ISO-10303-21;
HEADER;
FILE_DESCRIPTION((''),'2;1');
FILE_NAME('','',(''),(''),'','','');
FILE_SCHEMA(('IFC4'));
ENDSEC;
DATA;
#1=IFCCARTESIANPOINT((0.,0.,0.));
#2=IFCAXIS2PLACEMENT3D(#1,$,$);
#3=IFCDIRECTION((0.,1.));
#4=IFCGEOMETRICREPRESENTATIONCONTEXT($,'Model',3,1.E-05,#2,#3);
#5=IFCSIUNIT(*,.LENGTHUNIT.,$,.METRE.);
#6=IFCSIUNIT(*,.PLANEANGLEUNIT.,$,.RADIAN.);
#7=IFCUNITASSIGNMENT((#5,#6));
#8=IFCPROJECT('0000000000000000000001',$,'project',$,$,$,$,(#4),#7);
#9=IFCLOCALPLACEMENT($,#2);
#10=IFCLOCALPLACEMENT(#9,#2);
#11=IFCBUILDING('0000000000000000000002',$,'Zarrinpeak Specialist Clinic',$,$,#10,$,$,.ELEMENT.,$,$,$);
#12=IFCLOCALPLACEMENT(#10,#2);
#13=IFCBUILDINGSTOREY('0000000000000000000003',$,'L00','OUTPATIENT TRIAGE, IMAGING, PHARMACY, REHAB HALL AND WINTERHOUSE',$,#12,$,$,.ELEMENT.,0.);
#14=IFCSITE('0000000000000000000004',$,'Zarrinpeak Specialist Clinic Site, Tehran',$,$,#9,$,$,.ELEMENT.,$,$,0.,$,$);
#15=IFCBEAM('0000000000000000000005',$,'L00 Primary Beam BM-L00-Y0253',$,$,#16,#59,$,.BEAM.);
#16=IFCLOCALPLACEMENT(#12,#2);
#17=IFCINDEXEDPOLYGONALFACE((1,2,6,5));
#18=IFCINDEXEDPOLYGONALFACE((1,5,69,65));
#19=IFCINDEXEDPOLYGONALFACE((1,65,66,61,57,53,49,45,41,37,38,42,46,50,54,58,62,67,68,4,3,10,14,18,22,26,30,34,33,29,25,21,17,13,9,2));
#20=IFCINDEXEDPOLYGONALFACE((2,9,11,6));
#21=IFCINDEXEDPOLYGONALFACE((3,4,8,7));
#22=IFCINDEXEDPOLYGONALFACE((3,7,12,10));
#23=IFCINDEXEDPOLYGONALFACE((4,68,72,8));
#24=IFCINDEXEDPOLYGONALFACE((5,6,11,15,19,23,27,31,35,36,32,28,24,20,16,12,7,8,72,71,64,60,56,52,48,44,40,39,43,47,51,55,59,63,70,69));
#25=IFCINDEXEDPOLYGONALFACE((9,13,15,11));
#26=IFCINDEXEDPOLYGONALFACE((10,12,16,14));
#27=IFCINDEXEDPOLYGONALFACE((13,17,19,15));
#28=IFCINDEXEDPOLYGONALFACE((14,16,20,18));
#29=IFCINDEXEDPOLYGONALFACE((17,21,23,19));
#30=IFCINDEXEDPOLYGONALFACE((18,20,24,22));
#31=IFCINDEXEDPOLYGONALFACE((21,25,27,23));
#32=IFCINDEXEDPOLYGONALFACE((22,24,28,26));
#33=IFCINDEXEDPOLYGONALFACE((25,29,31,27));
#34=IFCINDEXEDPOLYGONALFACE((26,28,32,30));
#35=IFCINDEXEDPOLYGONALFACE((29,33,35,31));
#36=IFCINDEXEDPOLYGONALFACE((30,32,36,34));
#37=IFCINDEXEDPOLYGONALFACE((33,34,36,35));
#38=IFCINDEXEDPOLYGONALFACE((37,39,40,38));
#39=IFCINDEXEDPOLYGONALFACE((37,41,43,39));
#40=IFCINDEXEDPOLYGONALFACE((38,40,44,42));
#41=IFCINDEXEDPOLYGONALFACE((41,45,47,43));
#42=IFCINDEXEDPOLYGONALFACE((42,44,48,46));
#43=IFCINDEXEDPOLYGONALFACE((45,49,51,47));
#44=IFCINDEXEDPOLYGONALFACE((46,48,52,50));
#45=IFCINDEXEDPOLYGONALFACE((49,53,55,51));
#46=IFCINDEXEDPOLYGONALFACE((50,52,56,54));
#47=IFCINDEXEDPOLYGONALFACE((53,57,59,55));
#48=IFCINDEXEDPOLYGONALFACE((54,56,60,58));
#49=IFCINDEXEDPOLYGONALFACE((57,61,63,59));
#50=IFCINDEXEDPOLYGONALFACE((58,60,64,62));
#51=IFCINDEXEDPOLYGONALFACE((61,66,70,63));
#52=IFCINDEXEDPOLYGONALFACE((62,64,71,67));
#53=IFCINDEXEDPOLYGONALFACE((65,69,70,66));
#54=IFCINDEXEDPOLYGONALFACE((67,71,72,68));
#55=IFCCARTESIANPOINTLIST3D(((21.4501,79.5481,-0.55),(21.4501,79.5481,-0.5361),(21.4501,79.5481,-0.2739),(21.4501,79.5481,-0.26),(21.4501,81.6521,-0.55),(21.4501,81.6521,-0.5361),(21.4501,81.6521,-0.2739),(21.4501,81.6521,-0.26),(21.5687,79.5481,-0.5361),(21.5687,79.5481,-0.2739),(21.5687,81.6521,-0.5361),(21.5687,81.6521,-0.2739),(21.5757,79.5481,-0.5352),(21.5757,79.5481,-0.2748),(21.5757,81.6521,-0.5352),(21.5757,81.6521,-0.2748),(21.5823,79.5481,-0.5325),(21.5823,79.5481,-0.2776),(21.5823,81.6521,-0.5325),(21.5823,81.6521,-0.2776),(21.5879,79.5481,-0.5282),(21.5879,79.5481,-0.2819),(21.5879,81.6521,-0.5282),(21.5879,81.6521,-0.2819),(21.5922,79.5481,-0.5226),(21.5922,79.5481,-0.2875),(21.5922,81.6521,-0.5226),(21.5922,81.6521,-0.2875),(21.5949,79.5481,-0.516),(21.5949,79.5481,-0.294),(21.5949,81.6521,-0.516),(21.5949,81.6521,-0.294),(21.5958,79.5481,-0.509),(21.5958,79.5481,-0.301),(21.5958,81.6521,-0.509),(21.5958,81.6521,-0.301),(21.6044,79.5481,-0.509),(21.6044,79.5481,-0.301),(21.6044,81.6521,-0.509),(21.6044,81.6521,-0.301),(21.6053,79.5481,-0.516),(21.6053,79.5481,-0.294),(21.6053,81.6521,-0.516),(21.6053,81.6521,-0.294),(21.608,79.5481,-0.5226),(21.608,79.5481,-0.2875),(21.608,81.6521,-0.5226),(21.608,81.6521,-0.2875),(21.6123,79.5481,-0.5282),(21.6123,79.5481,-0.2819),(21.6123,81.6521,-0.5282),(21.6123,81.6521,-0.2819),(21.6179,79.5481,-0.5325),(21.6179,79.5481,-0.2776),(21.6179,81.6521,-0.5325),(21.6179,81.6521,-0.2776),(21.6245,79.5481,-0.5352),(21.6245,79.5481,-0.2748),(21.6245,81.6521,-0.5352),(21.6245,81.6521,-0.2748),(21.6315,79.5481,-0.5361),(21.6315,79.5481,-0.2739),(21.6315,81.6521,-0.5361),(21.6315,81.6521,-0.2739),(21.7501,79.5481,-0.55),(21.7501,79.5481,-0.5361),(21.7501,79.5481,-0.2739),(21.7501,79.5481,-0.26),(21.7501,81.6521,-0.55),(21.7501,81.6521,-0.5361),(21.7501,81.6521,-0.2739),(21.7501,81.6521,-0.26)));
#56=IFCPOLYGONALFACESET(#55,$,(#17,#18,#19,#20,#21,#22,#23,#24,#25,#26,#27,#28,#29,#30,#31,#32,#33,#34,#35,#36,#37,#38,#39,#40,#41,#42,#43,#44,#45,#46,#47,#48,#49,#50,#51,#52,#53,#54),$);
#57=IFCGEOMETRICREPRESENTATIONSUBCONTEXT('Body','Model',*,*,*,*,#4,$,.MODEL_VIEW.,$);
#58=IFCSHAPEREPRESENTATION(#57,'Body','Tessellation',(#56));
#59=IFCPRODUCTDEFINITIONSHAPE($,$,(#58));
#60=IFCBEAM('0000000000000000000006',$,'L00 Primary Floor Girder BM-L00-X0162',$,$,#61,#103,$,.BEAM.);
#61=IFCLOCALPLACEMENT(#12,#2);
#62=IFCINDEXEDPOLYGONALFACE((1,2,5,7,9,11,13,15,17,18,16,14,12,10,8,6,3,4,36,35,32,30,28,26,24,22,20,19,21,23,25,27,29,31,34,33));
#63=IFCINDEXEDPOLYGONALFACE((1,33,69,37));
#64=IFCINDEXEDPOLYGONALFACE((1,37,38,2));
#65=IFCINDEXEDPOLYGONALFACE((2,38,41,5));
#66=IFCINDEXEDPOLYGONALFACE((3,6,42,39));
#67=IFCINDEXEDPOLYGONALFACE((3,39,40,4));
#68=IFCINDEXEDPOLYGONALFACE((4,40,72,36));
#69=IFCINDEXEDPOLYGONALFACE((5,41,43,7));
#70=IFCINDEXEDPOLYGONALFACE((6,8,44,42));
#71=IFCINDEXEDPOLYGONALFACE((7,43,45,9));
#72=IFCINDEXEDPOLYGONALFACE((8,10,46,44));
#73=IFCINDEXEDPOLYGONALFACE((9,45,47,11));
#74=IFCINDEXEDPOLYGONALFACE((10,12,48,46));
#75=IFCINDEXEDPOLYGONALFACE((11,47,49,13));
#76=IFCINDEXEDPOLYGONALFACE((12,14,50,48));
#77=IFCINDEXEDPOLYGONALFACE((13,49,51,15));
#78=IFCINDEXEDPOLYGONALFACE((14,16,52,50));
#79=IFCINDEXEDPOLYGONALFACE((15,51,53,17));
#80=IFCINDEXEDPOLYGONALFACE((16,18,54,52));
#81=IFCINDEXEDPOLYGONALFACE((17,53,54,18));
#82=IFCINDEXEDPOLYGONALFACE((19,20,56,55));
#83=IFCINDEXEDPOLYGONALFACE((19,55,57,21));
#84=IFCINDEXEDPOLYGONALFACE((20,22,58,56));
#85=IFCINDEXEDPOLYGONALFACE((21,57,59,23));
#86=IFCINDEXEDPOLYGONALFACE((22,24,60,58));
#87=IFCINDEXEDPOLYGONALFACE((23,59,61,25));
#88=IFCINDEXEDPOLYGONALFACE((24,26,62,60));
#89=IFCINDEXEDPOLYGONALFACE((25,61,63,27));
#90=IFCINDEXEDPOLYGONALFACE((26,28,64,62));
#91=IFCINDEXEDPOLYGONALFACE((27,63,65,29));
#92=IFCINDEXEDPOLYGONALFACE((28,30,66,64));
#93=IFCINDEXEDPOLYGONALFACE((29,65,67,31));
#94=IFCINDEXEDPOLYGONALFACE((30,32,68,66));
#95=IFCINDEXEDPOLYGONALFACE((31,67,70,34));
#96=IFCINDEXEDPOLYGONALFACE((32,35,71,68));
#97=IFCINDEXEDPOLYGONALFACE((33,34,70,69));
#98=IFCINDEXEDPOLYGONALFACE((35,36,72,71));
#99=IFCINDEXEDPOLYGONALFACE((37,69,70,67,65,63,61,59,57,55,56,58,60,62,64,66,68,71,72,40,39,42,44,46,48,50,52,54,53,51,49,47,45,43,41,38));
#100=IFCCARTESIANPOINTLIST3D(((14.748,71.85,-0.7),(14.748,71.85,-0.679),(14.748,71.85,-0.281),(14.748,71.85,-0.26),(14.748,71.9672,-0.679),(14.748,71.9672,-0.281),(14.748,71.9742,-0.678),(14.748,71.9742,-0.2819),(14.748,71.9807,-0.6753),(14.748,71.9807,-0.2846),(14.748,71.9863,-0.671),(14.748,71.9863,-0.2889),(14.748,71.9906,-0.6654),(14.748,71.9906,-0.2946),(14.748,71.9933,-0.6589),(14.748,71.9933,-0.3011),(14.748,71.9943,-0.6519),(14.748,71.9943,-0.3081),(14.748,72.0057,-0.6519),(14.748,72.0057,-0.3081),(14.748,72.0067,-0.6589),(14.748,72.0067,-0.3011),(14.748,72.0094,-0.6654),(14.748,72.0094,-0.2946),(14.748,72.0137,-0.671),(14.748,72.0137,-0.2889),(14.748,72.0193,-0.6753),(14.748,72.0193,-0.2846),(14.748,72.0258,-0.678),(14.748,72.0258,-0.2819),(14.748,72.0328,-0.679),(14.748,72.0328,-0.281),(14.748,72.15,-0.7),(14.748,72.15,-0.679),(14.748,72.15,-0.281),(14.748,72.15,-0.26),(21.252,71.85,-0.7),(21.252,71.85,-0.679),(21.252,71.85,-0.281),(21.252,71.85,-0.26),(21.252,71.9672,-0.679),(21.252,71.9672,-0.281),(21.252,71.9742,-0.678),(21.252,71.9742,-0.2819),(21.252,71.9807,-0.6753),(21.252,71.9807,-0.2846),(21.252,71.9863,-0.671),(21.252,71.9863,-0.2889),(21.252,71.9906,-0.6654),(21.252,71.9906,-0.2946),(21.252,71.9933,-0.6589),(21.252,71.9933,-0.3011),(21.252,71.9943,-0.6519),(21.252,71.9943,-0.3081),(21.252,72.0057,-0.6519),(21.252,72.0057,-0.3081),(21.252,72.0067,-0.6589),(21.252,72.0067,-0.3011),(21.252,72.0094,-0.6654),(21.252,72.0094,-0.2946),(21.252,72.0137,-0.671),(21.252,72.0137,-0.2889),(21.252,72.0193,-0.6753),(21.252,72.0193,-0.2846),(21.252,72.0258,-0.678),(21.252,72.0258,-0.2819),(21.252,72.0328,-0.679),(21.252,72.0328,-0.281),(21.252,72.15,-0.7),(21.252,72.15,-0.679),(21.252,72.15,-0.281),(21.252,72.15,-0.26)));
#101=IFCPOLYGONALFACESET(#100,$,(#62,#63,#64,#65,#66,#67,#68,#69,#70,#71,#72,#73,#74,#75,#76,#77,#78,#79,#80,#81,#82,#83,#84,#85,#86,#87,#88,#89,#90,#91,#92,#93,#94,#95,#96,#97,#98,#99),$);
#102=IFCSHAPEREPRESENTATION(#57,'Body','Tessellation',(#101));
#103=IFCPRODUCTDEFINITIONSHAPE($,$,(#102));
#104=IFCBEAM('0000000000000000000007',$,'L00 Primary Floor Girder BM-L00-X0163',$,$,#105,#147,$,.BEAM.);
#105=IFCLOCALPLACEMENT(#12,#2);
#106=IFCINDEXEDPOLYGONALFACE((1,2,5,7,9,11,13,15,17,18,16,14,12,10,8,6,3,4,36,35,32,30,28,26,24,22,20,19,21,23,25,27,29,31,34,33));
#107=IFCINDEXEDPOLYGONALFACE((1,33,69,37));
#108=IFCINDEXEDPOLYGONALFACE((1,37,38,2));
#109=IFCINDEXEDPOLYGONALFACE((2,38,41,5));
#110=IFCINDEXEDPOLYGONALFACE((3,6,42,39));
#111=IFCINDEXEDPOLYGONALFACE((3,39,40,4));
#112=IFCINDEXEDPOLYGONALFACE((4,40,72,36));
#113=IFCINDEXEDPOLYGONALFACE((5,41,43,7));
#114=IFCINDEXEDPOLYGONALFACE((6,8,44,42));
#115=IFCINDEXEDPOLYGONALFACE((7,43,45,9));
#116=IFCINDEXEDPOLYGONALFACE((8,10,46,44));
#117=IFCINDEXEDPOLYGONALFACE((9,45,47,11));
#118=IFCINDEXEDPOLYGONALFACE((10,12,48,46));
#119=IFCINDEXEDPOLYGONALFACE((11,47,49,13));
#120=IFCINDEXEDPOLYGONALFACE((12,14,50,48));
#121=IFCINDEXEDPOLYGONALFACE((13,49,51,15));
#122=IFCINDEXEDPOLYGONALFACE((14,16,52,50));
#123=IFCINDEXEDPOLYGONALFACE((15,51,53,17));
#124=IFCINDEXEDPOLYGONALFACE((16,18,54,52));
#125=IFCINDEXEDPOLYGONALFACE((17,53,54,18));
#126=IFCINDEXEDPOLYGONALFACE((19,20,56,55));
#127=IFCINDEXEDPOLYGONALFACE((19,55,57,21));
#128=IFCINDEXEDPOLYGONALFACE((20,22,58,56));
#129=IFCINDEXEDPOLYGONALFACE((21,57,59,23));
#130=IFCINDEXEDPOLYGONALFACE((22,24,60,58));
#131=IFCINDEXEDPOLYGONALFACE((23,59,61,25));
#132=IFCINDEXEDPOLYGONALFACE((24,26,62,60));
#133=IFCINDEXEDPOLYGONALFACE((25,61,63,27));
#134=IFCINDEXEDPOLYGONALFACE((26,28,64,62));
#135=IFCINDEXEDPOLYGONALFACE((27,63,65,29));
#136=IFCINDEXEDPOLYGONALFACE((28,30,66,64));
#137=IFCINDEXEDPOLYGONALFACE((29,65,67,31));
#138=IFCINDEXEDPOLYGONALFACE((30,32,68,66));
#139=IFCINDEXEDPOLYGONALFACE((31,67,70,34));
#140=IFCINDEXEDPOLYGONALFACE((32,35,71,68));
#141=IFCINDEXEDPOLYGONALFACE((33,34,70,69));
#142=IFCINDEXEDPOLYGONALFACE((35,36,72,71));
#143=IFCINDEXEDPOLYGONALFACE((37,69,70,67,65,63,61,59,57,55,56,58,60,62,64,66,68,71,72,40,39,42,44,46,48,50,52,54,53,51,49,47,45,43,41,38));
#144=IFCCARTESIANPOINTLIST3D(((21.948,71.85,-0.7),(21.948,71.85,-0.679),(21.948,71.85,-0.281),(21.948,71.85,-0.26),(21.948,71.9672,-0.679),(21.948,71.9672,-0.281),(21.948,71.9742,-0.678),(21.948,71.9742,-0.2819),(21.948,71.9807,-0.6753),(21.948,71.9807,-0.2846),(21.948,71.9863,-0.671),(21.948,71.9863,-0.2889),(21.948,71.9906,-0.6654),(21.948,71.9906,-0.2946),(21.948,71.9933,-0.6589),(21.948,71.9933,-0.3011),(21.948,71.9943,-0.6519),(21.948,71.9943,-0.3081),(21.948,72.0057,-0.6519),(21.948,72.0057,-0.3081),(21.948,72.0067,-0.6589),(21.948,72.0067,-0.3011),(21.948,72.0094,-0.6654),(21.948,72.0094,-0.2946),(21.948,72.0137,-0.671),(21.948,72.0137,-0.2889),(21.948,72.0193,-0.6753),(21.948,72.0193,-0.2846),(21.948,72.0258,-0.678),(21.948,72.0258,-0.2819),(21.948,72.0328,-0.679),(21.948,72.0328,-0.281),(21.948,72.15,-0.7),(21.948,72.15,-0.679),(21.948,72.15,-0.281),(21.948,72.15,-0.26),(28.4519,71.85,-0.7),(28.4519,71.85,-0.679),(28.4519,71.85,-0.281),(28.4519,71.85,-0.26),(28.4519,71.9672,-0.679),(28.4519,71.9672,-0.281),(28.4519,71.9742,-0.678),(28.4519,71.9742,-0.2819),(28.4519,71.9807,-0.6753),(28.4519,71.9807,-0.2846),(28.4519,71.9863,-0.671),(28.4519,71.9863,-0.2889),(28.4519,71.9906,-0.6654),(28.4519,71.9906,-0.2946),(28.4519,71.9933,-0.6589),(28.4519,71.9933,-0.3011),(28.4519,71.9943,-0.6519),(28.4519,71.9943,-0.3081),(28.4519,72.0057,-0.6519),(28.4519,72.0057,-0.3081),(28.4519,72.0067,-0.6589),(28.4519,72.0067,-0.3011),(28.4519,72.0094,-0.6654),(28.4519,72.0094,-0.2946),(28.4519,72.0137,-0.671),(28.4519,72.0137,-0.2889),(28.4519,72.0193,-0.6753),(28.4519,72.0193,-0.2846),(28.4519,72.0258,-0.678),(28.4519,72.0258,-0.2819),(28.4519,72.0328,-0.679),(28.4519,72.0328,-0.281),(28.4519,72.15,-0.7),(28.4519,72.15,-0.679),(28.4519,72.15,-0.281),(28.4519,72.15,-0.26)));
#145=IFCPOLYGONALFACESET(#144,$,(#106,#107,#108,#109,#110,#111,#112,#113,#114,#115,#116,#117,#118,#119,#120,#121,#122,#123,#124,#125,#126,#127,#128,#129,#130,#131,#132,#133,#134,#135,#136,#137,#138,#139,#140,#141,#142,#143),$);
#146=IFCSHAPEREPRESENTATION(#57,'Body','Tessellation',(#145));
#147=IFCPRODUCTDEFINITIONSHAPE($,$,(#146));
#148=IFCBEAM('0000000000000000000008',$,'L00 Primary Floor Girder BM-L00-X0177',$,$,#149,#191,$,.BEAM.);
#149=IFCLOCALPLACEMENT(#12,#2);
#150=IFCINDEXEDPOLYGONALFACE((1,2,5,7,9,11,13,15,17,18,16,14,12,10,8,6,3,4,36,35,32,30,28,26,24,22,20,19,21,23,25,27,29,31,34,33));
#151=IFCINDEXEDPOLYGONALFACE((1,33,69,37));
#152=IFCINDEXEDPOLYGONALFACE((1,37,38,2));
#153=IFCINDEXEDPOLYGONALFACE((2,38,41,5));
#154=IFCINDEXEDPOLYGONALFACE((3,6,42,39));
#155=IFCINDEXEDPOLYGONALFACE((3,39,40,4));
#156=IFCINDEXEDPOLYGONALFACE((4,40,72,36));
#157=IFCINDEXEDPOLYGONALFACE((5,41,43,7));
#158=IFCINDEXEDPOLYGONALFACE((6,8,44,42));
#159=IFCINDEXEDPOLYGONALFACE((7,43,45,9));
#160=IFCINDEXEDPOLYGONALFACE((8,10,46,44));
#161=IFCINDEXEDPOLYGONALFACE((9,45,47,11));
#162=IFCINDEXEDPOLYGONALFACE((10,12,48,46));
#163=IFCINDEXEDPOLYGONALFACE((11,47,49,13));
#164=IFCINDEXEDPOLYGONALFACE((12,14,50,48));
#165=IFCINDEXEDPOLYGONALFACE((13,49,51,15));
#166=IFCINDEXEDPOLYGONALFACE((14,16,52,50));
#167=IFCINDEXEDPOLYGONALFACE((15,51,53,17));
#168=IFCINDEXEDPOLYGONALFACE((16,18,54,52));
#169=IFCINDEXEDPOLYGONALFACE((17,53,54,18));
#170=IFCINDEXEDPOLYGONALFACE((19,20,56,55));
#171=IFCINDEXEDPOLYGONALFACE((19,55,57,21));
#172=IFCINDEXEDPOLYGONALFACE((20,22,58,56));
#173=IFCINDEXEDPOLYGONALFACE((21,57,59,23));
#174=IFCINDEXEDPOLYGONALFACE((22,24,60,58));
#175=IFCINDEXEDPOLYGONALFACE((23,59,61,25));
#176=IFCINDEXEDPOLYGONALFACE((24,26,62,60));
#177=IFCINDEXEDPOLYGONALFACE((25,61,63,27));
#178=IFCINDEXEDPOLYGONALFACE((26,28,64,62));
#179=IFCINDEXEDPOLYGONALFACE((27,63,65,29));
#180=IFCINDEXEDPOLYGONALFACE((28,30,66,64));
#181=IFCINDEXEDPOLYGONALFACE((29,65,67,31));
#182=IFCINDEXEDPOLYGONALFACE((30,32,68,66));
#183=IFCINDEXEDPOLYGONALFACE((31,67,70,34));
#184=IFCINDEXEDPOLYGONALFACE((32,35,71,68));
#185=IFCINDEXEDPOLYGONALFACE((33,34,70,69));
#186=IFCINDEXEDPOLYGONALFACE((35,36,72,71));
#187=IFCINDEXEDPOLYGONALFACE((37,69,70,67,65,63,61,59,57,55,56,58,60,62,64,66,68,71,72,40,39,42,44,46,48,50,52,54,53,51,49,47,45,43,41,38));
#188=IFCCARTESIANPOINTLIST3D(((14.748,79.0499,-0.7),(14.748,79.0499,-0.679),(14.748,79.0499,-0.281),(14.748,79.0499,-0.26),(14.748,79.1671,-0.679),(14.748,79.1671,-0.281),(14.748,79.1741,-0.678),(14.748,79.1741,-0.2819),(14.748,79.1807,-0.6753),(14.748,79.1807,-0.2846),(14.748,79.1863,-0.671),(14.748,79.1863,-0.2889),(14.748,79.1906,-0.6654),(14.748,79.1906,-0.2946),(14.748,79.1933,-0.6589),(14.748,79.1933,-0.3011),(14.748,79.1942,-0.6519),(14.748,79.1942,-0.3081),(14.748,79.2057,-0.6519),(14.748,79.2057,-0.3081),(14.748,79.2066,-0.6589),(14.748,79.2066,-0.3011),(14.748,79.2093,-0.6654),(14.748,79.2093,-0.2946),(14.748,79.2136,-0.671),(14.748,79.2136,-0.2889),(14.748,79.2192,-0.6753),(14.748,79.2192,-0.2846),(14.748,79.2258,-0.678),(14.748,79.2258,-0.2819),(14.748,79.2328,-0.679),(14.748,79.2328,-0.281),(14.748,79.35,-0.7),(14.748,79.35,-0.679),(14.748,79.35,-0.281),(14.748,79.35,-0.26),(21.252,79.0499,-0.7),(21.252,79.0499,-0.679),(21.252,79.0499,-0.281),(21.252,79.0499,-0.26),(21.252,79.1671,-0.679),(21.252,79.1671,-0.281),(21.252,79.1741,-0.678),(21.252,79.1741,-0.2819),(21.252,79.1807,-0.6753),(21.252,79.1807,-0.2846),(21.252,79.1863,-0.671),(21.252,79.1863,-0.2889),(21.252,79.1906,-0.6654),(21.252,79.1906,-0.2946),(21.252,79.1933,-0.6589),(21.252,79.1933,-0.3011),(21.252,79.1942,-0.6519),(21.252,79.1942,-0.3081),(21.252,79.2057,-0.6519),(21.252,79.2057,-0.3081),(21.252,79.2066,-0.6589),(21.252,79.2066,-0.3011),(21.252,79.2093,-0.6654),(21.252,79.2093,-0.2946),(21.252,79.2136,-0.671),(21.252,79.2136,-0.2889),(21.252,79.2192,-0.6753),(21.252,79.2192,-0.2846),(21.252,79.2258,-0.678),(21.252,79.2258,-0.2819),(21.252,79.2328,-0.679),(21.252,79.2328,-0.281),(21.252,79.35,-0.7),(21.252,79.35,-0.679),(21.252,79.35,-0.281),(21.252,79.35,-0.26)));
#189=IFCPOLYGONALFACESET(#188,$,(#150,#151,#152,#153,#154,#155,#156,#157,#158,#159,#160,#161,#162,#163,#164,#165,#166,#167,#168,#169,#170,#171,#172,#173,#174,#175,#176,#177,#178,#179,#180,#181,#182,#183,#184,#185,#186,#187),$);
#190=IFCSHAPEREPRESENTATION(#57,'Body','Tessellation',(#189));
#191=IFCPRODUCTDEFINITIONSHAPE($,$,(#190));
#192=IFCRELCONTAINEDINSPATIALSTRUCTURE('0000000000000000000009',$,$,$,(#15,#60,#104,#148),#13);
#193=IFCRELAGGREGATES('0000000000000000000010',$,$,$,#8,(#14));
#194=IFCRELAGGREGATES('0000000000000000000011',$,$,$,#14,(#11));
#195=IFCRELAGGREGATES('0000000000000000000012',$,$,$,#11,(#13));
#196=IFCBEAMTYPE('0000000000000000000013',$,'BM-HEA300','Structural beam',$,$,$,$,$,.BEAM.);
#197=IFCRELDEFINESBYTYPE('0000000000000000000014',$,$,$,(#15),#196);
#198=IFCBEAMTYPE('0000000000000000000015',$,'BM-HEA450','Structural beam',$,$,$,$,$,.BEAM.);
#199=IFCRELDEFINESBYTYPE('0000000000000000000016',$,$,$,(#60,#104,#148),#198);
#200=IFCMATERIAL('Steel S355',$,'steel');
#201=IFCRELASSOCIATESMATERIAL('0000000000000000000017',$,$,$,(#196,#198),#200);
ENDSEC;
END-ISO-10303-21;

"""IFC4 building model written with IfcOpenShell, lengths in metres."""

from ifc_helpers import new_model, si_unit, direction, frame, origin, origin_2d, place, context, subcontext, project, spatial, i_section, extrude, material, material_profile, profile_set, type_object, element, save


model = new_model("IFC4")

# Units and contexts
model_context = context("Model", 3, precision=1e-05, world=origin(), true_north=direction((0.0, 1.0)))
body_context = subcontext(model_context, "Body", "Model", "MODEL_VIEW")
ifc_project = project(units=[si_unit("LENGTHUNIT", "METRE"), si_unit("PLANEANGLEUNIT", "RADIAN")], contexts=[model_context])

# Site, building, storey
site_placement = place(None, origin())
site = spatial("IfcSite", under=ifc_project, at=site_placement, Name="Zarrinpeak Specialist Clinic Site, Tehran", CompositionType="ELEMENT", RefElevation=0.0)
building_placement = place(site_placement, origin())
building = spatial("IfcBuilding", under=site, at=building_placement, Name="Zarrinpeak Specialist Clinic", CompositionType="ELEMENT")
storey_placement = place(building_placement, origin())
storey = spatial("IfcBuildingStorey", under=building, at=storey_placement, Name="L00", Description="OUTPATIENT TRIAGE, IMAGING, PHARMACY, REHAB HALL AND WINTERHOUSE", CompositionType="ELEMENT", Elevation=0.0)

# Shared definitions
ifc_material_1 = material(Name="Steel S355", Category="steel")

# Beams
ifc_material_profile_1 = material_profile(ifc_material_1, i_section(OverallWidth=0.3, OverallDepth=0.29, WebThickness=0.0085, FlangeThickness=0.0139, FilletRadius=0.0271, at=origin_2d()), Name="HEA 300")
ifc_profile_set_1 = profile_set([ifc_material_profile_1], Name="Steel S355")
beam_type_1 = type_object("IfcBeamType", Name="BM-HEA300", Description="Structural beam", PredefinedType="BEAM", material=ifc_profile_set_1)
beam_1_placement = place(storey_placement, frame((21.6001, 79.5481, -0.405), z_axis=(0.0, 1.0, 0.0), x_axis=(-1.0, 0.0, 0.0)))
element("IfcBeam", 1, at=beam_1_placement, inside=storey, type_object=beam_type_1, Name="L00 Primary Beam BM-L00-Y0253", PredefinedType="BEAM", context=body_context, shape_type="SweptSolid", body=[
    extrude(i_section(OverallWidth=0.3, OverallDepth=0.29, WebThickness=0.0085, FlangeThickness=0.0139, FilletRadius=0.0271, at=origin_2d()), origin(), (0.0, 0.0, 1.0), 2.104),
])
ifc_material_profile_2 = material_profile(ifc_material_1, i_section(OverallWidth=0.3, OverallDepth=0.4399, WebThickness=0.0115, FlangeThickness=0.021, FilletRadius=0.0271, at=origin_2d()), Name="HEA 450")
ifc_profile_set_2 = profile_set([ifc_material_profile_2], Name="Steel S355")
beam_type_2 = type_object("IfcBeamType", Name="BM-HEA450", Description="Structural beam", PredefinedType="BEAM", material=ifc_profile_set_2)
for number, where, z_axis, x_axis, name in (
    (2, (14.748, 72.0, -0.48), (1.0, 0.0, 0.0), (0.0, 1.0, 0.0), "L00 Primary Floor Girder BM-L00-X0162"),
    (3, (21.948, 72.0, -0.48), (1.0, 0.0, 0.0), (0.0, 1.0, 0.0), "L00 Primary Floor Girder BM-L00-X0163"),
    (4, (14.748, 79.2, -0.48), (1.0, 0.0, 0.0), (0.0, 1.0, 0.0), "L00 Primary Floor Girder BM-L00-X0177"),
):
    element("IfcBeam", number, at=place(storey_placement, frame(where, z_axis=z_axis, x_axis=x_axis)), inside=storey, type_object=beam_type_2, Name=name, PredefinedType="BEAM", context=body_context, shape_type="SweptSolid", body=[
        extrude(i_section(OverallWidth=0.3, OverallDepth=0.4399, WebThickness=0.0115, FlangeThickness=0.021, FilletRadius=0.0271, at=origin_2d()), origin(), (0.0, 0.0, 1.0), 6.5039),
    ])

save(model, "model.ifc")
